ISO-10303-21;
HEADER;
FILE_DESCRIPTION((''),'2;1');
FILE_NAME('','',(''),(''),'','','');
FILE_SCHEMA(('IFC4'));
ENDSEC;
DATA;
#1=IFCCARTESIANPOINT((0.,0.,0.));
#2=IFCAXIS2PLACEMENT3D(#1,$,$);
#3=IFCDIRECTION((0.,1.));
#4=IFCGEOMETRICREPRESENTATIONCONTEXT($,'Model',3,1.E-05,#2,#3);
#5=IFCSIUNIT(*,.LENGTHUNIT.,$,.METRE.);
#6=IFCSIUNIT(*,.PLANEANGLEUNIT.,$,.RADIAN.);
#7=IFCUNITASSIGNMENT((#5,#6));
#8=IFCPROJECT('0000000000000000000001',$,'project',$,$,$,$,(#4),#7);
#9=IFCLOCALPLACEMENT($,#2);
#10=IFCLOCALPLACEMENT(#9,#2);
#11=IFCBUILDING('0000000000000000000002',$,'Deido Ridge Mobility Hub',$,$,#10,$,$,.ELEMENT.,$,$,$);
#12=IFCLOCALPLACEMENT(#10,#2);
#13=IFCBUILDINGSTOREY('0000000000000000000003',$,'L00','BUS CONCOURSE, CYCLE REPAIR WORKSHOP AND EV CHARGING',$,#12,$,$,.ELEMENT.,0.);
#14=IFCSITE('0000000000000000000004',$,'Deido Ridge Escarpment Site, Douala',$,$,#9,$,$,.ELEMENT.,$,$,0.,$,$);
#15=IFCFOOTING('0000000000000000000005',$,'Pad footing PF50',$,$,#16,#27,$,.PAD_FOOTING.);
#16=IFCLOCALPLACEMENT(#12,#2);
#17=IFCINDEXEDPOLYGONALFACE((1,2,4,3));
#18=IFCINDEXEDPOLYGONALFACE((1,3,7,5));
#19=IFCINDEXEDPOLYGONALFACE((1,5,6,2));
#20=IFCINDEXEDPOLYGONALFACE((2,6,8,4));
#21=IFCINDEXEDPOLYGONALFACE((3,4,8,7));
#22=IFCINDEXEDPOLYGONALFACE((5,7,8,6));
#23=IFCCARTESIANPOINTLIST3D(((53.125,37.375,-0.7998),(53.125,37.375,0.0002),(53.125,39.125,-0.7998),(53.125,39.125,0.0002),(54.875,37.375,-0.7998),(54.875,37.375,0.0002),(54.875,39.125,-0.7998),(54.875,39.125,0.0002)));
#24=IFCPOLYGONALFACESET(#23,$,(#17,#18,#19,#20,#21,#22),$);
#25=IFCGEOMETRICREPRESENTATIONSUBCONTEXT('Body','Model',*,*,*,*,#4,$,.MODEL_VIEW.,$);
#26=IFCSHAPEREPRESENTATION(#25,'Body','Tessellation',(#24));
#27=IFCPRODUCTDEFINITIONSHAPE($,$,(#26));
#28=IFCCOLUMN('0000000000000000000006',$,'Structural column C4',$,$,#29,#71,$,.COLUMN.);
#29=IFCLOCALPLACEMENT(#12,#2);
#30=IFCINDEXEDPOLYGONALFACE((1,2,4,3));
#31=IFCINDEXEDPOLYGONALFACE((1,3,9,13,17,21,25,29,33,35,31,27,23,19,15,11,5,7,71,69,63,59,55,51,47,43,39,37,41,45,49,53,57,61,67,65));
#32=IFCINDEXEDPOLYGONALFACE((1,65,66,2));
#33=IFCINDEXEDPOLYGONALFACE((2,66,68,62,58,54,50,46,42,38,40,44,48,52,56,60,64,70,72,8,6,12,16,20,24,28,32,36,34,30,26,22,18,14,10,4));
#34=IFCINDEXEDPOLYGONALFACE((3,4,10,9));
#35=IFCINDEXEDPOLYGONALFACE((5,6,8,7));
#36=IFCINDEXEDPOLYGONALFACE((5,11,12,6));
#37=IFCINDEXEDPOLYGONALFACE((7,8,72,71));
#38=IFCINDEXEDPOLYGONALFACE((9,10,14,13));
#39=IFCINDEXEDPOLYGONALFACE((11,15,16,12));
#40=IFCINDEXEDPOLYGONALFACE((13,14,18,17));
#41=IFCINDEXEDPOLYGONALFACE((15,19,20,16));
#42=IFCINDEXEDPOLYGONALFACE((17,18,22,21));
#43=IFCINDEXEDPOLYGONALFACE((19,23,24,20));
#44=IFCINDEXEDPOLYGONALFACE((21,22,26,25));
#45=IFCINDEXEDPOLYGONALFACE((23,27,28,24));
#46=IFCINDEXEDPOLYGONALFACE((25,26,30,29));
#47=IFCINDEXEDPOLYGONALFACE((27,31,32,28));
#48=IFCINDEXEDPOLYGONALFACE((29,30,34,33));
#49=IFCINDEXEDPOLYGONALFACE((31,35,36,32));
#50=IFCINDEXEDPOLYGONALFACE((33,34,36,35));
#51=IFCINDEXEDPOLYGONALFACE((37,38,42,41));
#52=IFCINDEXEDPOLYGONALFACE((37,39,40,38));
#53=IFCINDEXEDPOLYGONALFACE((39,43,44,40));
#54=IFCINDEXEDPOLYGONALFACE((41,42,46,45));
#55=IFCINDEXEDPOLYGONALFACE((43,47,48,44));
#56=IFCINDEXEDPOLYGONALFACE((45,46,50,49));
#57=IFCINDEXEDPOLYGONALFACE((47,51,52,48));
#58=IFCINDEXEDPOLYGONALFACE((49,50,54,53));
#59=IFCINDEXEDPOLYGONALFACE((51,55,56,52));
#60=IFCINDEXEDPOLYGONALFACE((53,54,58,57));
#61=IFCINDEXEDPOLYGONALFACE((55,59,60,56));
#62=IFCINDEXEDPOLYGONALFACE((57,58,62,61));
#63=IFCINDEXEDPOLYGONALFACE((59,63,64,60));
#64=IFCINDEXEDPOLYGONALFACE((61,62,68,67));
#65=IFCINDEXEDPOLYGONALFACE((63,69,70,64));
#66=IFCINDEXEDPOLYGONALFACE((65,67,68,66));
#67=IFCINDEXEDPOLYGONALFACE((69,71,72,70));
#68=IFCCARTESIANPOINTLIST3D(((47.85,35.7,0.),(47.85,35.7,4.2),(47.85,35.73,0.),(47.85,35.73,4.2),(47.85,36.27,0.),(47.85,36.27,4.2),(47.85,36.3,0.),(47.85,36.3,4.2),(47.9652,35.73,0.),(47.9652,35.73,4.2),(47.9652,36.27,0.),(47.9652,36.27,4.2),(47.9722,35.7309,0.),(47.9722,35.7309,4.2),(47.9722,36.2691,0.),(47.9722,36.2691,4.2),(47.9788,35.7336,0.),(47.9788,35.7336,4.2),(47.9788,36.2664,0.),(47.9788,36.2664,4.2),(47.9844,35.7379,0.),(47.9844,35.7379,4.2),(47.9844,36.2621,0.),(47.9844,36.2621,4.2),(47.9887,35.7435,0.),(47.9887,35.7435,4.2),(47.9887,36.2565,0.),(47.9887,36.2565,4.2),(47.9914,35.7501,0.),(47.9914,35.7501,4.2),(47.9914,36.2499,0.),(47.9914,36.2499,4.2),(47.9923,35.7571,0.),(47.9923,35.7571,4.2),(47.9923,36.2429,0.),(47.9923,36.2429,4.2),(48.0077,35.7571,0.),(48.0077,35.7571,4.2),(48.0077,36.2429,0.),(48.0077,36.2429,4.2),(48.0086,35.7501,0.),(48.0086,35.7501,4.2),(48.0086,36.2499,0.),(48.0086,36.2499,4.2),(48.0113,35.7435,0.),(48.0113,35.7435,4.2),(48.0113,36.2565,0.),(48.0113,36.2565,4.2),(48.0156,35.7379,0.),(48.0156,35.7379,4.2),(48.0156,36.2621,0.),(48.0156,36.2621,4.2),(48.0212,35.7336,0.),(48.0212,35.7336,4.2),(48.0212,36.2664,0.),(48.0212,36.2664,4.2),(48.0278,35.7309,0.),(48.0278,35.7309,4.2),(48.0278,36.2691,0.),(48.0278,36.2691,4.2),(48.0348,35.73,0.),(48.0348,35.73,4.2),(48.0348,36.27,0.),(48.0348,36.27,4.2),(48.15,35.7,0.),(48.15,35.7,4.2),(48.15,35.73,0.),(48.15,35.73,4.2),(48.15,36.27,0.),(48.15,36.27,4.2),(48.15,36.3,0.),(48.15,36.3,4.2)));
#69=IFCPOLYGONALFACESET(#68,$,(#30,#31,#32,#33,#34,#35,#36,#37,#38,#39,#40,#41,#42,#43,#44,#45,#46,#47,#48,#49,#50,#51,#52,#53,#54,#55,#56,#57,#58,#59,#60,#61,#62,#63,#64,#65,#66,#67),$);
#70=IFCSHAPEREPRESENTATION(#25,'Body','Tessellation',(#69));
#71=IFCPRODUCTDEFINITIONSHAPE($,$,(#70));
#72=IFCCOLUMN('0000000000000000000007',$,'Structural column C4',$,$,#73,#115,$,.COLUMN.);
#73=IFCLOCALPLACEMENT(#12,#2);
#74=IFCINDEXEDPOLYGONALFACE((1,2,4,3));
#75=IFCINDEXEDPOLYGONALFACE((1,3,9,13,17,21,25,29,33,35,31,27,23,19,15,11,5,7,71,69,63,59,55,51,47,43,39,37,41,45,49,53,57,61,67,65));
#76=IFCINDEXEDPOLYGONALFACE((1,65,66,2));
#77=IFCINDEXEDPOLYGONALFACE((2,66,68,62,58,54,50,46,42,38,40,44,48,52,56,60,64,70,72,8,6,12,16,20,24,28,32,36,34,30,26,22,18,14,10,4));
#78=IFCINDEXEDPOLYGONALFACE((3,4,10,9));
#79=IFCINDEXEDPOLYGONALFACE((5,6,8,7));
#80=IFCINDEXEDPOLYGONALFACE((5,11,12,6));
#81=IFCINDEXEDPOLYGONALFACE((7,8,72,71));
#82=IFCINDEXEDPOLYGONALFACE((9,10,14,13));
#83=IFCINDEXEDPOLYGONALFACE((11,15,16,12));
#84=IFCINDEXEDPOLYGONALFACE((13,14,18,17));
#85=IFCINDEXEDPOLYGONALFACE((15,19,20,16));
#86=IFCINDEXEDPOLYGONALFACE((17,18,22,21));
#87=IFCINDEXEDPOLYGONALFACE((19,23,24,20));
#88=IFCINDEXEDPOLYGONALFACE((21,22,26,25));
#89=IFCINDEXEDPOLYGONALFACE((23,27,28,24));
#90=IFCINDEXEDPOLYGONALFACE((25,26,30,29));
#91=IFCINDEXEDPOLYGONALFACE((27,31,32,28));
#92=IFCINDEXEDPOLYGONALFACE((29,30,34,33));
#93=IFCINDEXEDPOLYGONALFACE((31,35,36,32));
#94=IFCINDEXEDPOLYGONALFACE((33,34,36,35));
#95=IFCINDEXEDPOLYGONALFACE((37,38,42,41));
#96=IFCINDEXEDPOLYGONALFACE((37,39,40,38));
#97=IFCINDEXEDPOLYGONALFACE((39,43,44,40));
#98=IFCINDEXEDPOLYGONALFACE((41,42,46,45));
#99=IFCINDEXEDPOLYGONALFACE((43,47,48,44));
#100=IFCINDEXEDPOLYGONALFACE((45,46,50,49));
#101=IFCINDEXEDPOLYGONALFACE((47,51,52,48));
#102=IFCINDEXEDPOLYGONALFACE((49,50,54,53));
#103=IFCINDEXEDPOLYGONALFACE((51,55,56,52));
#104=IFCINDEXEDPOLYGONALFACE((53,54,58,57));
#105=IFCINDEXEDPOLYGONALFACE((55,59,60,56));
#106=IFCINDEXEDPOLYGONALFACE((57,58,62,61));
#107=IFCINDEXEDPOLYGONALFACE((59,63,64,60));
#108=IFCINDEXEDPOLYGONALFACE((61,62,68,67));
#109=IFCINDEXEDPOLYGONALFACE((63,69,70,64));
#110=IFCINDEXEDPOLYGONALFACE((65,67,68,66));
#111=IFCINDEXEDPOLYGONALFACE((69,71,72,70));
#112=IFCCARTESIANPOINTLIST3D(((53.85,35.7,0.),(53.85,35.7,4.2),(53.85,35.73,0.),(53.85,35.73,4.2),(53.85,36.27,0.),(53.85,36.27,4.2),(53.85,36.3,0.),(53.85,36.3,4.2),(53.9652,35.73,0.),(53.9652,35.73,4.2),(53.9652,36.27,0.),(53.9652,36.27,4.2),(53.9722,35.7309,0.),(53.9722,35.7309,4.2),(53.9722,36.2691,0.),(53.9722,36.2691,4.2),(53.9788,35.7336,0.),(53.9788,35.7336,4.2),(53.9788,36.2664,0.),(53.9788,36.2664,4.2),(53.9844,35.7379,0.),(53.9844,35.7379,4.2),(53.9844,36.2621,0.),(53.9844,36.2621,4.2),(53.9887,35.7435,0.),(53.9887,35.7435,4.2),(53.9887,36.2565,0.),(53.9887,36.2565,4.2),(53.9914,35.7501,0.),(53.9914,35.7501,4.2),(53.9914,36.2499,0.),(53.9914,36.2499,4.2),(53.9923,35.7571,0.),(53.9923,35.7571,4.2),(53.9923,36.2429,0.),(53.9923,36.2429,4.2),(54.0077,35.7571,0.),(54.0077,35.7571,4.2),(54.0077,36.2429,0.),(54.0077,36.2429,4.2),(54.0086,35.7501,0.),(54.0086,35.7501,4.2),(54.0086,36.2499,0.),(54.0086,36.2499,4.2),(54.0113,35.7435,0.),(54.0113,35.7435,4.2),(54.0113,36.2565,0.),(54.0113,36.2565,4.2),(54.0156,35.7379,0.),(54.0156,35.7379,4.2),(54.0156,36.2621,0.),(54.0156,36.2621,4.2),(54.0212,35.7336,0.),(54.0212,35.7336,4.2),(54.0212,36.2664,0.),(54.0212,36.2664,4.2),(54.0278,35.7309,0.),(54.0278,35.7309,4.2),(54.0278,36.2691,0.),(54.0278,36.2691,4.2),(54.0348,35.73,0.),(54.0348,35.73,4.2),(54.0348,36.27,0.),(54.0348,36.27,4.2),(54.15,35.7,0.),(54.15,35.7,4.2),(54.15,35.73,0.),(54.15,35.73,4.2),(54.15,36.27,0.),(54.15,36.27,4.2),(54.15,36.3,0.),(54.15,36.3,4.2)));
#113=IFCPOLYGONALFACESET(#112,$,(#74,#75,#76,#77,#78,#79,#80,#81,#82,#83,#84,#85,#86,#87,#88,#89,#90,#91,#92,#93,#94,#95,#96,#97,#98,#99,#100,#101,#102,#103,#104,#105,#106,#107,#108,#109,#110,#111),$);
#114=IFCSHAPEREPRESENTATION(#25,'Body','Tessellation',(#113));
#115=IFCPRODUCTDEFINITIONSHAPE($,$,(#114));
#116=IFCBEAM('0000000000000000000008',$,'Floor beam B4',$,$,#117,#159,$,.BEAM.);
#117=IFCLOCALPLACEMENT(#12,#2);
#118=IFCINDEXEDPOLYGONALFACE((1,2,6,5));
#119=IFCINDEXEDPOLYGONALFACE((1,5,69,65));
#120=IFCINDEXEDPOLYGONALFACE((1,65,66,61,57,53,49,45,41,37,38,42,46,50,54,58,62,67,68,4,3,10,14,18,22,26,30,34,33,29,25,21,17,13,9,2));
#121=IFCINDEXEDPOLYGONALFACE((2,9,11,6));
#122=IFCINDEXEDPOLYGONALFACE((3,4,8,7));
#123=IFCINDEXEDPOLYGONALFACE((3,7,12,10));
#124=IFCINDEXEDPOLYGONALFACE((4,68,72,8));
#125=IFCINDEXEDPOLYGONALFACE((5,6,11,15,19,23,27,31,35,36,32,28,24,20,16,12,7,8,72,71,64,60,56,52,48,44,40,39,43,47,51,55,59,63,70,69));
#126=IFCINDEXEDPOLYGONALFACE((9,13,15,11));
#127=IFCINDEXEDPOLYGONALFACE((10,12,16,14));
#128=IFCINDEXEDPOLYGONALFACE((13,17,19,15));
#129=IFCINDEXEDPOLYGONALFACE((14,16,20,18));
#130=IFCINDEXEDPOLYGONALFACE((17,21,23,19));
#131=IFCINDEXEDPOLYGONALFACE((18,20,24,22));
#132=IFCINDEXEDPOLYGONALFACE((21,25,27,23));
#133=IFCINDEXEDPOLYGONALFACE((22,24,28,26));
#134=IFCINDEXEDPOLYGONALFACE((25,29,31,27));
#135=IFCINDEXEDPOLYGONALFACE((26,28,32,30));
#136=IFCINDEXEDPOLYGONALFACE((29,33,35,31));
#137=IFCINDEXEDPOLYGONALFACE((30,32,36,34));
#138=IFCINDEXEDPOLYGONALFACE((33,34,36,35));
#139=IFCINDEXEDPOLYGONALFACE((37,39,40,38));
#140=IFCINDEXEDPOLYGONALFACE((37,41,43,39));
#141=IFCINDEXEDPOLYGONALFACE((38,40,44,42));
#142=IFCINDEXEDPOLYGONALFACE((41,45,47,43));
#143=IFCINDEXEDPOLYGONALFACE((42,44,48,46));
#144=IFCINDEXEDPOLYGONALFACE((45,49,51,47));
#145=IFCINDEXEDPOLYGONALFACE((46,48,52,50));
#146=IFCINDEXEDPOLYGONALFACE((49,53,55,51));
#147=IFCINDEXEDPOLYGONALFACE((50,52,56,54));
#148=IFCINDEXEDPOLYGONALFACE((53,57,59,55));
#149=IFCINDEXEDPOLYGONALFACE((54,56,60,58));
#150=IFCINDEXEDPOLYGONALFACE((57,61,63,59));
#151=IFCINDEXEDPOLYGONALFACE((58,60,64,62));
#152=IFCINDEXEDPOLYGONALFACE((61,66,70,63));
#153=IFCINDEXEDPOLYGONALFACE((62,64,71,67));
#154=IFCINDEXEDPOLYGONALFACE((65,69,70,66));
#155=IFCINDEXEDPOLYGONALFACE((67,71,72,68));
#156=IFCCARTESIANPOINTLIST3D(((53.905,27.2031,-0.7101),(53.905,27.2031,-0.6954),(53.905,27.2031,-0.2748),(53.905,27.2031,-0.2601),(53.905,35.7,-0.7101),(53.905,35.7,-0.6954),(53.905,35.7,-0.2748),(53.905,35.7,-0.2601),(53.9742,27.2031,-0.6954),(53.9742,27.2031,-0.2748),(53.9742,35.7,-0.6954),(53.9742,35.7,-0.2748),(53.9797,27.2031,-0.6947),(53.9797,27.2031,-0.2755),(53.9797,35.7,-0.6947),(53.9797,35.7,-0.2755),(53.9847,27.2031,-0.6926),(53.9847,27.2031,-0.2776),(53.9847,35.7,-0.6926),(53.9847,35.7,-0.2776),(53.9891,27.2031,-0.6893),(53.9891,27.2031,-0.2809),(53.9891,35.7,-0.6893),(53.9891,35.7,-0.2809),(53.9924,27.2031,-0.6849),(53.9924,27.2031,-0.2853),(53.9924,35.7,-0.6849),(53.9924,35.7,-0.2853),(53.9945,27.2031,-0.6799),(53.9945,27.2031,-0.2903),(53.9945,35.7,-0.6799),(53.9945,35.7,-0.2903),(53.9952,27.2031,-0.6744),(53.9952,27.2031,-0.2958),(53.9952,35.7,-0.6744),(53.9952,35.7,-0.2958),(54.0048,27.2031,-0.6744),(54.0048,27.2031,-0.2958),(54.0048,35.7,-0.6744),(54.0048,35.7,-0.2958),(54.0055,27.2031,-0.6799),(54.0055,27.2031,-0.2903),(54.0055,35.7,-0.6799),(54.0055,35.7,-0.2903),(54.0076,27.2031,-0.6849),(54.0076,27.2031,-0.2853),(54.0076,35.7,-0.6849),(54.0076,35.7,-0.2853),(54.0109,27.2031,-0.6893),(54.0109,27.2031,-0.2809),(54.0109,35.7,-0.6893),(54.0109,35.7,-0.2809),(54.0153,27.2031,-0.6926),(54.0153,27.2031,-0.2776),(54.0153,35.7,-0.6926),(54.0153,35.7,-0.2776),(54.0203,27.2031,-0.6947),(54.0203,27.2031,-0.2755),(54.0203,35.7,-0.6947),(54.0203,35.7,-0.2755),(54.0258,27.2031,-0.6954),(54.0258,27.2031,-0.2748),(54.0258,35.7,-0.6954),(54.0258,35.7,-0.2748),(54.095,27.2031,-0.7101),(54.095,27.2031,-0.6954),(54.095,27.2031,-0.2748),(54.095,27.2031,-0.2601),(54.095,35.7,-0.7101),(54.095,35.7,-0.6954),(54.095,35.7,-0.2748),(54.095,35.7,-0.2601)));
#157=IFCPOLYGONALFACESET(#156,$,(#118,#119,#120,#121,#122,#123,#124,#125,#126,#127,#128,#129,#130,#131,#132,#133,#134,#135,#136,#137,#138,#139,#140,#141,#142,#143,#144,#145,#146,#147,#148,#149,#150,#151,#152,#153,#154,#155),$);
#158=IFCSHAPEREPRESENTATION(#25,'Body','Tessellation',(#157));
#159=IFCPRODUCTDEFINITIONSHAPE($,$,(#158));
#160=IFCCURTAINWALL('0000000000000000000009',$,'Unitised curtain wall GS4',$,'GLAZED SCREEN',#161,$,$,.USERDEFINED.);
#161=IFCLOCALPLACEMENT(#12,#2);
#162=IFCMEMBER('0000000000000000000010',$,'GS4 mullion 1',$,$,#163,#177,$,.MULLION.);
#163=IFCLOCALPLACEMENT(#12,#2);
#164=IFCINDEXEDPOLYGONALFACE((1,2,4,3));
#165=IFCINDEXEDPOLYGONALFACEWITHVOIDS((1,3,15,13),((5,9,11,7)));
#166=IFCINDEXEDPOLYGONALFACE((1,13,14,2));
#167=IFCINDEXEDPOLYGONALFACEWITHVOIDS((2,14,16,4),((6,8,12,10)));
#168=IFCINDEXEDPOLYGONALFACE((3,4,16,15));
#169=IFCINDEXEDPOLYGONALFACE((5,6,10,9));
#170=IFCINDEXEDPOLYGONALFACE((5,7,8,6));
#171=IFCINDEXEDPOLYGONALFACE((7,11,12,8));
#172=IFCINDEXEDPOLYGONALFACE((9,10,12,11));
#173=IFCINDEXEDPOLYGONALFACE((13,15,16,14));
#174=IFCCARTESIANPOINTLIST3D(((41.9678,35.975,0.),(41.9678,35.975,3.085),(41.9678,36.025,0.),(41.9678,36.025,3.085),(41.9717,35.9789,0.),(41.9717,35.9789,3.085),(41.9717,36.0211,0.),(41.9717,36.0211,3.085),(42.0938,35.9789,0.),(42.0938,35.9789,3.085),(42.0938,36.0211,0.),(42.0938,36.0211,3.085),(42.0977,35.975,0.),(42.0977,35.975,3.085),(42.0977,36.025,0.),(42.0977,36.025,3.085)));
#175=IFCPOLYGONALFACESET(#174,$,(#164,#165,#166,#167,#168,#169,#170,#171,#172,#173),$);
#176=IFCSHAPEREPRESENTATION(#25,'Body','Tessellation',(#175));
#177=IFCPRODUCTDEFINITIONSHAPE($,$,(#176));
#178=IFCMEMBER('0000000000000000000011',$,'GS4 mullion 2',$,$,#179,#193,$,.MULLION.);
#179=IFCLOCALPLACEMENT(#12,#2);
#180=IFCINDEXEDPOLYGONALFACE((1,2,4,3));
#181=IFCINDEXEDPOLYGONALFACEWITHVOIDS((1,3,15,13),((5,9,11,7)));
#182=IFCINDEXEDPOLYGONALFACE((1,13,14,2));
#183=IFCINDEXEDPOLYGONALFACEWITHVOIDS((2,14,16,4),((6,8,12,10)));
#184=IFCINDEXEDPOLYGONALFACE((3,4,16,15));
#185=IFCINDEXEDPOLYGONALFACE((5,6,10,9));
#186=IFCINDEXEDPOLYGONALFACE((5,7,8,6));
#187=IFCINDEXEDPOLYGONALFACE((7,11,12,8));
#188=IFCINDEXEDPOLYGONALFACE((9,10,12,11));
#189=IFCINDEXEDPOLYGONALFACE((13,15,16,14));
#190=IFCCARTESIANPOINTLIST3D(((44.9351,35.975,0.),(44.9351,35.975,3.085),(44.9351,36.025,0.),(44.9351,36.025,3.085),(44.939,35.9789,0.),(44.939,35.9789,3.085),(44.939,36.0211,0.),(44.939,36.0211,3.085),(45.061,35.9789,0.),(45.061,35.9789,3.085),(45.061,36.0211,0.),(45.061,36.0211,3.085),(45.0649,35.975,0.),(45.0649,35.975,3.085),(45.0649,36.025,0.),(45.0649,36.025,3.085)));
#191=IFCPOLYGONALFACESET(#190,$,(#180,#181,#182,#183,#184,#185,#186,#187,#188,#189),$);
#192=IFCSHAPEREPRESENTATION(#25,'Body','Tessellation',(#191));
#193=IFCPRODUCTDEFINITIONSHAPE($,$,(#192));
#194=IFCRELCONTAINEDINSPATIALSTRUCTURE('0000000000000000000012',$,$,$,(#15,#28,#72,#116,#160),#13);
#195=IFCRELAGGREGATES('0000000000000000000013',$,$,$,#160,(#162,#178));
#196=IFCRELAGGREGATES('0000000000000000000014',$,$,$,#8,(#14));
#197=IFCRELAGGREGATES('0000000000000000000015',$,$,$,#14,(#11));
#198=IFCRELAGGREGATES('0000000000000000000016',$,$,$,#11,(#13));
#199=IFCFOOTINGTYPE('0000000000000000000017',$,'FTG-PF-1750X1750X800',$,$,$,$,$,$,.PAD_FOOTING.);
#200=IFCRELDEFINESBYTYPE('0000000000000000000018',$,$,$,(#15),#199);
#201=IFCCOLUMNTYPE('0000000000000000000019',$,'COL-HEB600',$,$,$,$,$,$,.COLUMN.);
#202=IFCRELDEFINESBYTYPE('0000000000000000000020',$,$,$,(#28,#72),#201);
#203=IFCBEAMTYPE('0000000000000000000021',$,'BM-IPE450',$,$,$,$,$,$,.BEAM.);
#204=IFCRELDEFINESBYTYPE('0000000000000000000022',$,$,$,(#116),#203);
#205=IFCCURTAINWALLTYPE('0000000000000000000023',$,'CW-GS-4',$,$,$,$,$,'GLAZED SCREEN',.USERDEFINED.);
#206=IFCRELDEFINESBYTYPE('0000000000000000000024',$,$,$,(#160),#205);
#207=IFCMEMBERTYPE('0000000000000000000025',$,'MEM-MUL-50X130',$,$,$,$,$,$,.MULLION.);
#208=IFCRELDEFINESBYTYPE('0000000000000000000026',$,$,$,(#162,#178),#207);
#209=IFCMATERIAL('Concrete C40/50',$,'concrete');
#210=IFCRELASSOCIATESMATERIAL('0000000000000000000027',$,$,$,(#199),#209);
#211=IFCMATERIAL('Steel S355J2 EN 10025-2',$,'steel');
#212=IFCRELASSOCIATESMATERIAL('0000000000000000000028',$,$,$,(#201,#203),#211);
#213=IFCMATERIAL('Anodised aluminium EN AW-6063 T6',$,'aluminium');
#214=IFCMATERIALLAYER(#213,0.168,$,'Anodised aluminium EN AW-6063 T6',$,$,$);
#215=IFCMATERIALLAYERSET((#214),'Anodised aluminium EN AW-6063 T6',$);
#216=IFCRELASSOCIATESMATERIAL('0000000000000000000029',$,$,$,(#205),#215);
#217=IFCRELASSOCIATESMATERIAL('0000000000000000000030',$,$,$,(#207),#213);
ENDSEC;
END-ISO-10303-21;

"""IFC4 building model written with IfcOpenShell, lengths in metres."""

from ifc_helpers import new_model, si_unit, direction, frame, origin, origin_2d, place, context, subcontext, project, spatial, rectangle, hollow_rectangle, i_section, extrude, material, layer, layer_set, material_profile, profile_set, type_object, element, aggregate, save


model = new_model("IFC4")

# Units and contexts
model_context = context("Model", 3, precision=1e-05, world=origin(), true_north=direction((0.0, 1.0)))
body_context = subcontext(model_context, "Body", "Model", "MODEL_VIEW")
ifc_project = project(units=[si_unit("LENGTHUNIT", "METRE"), si_unit("PLANEANGLEUNIT", "RADIAN")], contexts=[model_context])

# Site, building, storey
site_placement = place(None, origin())
site = spatial("IfcSite", under=ifc_project, at=site_placement, Name="Deido Ridge Escarpment Site, Douala", CompositionType="ELEMENT", RefElevation=0.0)
building_placement = place(site_placement, origin())
building = spatial("IfcBuilding", under=site, at=building_placement, Name="Deido Ridge Mobility Hub", CompositionType="ELEMENT")
storey_placement = place(building_placement, origin())
storey = spatial("IfcBuildingStorey", under=building, at=storey_placement, Name="L00", Description="BUS CONCOURSE, CYCLE REPAIR WORKSHOP AND EV CHARGING", CompositionType="ELEMENT", Elevation=0.0)

# Footing
ifc_material_1 = material(Name="Concrete C40/50", Category="concrete")
footing_type = type_object("IfcFootingType", Name="FTG-PF-1750X1750X800", PredefinedType="PAD_FOOTING", material=ifc_material_1)
footing_placement = place(storey_placement, frame((54.0, 38.25, -0.7998), z_axis=(0.0, 0.0, 1.0), x_axis=(1.0, 0.0, 0.0)))
element("IfcFooting", 1, at=footing_placement, inside=storey, type_object=footing_type, Name="Pad footing PF50", PredefinedType="PAD_FOOTING", context=body_context, shape_type="SweptSolid", body=[
    extrude(rectangle(XDim=1.75, YDim=1.75, at=origin_2d()), origin(), (0.0, 0.0, 1.0), 0.8),
])

# Columns
ifc_material_2 = material(Name="Steel S355J2 EN 10025-2", Category="steel")
ifc_material_profile_1 = material_profile(ifc_material_2, i_section(OverallWidth=0.3, OverallDepth=0.6001, WebThickness=0.0154, FlangeThickness=0.03, FilletRadius=0.0271, at=origin_2d()), Name="HEB 600")
ifc_profile_set_1 = profile_set([ifc_material_profile_1], Name="Steel S355J2 EN 10025-2")
column_type = type_object("IfcColumnType", Name="COL-HEB600", PredefinedType="COLUMN", material=ifc_profile_set_1)
for number, where, z_axis, x_axis, name in (
    (2, (48.0, 36.0, 0.0), (0.0, 0.0, 1.0), (1.0, 0.0, 0.0), "Structural column C4"),
    (3, (54.0, 36.0, 0.0), (0.0, 0.0, 1.0), (1.0, 0.0, 0.0), "Structural column C4"),
):
    element("IfcColumn", number, at=place(storey_placement, frame(where, z_axis=z_axis, x_axis=x_axis)), inside=storey, type_object=column_type, Name=name, PredefinedType="COLUMN", context=body_context, shape_type="SweptSolid", body=[
        extrude(i_section(OverallWidth=0.3, OverallDepth=0.6001, WebThickness=0.0154, FlangeThickness=0.03, FilletRadius=0.0271, at=origin_2d()), origin(), (0.0, 0.0, 1.0), 4.2),
    ])

# Beam
ifc_material_profile_2 = material_profile(ifc_material_2, i_section(OverallWidth=0.1899, OverallDepth=0.45, WebThickness=0.0095, FlangeThickness=0.0146, FilletRadius=0.021, at=origin_2d()), Name="IPE 450")
ifc_profile_set_2 = profile_set([ifc_material_profile_2], Name="Steel S355J2 EN 10025-2")
beam_type_1 = type_object("IfcBeamType", Name="BM-IPE450", PredefinedType="BEAM", material=ifc_profile_set_2)
beam_1_placement = place(storey_placement, frame((54.0, 27.2031, -0.4851), z_axis=(0.0, 1.0, 0.0), x_axis=(-1.0, 0.0, 0.0)))
element("IfcBeam", 4, at=beam_1_placement, inside=storey, type_object=beam_type_1, Name="Floor beam B4", PredefinedType="BEAM", context=body_context, shape_type="SweptSolid", body=[
    extrude(i_section(OverallWidth=0.1899, OverallDepth=0.45, WebThickness=0.0095, FlangeThickness=0.0146, FilletRadius=0.021, at=origin_2d()), origin(), (0.0, 0.0, 1.0), 8.4968),
])

# Curtain wall, members
ifc_material_3 = material(Name="Anodised aluminium EN AW-6063 T6", Category="aluminium")
ifc_layer_1 = layer(ifc_material_3, 0.168, Name="Anodised aluminium EN AW-6063 T6")
ifc_layer_set_1 = layer_set([ifc_layer_1], Name="Anodised aluminium EN AW-6063 T6")
curtain_wall_type = type_object("IfcCurtainWallType", Name="CW-GS-4", ElementType="GLAZED SCREEN", PredefinedType="USERDEFINED", material=ifc_layer_set_1)
curtain_wall_placement = place(storey_placement, origin())
curtain_wall = element("IfcCurtainWall", 5, at=curtain_wall_placement, inside=storey, type_object=curtain_wall_type, Name="Unitised curtain wall GS4", ObjectType="GLAZED SCREEN", PredefinedType="USERDEFINED")
ifc_material_profile_3 = material_profile(ifc_material_3, hollow_rectangle(XDim=0.05, YDim=0.1299, WallThickness=0.0039, at=origin_2d()), Name="RHS 50x130x4")
ifc_profile_set_3 = profile_set([ifc_material_profile_3], Name="Anodised aluminium EN AW-6063 T6")
member_type_1 = type_object("IfcMemberType", Name="MEM-MUL-50X130", PredefinedType="MULLION", material=ifc_profile_set_3)
member_1_placement = place(storey_placement, frame((42.0327, 36.0, 0.0), z_axis=(0.0, 0.0, 1.0), x_axis=(0.0, 1.0, 0.0)))
member_1 = element("IfcMember", 6, at=member_1_placement, type_object=member_type_1, Name="GS4 mullion 1", PredefinedType="MULLION", context=body_context, shape_type="SweptSolid", body=[
    extrude(hollow_rectangle(XDim=0.05, YDim=0.1299, WallThickness=0.0039, at=origin_2d()), origin(), (0.0, 0.0, 1.0), 3.085),
])
member_2_placement = place(storey_placement, frame((45.0, 36.0, 0.0), z_axis=(0.0, 0.0, 1.0), x_axis=(0.0, 1.0, 0.0)))
member_2 = element("IfcMember", 7, at=member_2_placement, type_object=member_type_1, Name="GS4 mullion 2", PredefinedType="MULLION", context=body_context, shape_type="SweptSolid", body=[
    extrude(hollow_rectangle(XDim=0.05, YDim=0.1299, WallThickness=0.0039, at=origin_2d()), origin(), (0.0, 0.0, 1.0), 3.085),
])

aggregate(curtain_wall, [member_1, member_2])

save(model, "model.ifc")
